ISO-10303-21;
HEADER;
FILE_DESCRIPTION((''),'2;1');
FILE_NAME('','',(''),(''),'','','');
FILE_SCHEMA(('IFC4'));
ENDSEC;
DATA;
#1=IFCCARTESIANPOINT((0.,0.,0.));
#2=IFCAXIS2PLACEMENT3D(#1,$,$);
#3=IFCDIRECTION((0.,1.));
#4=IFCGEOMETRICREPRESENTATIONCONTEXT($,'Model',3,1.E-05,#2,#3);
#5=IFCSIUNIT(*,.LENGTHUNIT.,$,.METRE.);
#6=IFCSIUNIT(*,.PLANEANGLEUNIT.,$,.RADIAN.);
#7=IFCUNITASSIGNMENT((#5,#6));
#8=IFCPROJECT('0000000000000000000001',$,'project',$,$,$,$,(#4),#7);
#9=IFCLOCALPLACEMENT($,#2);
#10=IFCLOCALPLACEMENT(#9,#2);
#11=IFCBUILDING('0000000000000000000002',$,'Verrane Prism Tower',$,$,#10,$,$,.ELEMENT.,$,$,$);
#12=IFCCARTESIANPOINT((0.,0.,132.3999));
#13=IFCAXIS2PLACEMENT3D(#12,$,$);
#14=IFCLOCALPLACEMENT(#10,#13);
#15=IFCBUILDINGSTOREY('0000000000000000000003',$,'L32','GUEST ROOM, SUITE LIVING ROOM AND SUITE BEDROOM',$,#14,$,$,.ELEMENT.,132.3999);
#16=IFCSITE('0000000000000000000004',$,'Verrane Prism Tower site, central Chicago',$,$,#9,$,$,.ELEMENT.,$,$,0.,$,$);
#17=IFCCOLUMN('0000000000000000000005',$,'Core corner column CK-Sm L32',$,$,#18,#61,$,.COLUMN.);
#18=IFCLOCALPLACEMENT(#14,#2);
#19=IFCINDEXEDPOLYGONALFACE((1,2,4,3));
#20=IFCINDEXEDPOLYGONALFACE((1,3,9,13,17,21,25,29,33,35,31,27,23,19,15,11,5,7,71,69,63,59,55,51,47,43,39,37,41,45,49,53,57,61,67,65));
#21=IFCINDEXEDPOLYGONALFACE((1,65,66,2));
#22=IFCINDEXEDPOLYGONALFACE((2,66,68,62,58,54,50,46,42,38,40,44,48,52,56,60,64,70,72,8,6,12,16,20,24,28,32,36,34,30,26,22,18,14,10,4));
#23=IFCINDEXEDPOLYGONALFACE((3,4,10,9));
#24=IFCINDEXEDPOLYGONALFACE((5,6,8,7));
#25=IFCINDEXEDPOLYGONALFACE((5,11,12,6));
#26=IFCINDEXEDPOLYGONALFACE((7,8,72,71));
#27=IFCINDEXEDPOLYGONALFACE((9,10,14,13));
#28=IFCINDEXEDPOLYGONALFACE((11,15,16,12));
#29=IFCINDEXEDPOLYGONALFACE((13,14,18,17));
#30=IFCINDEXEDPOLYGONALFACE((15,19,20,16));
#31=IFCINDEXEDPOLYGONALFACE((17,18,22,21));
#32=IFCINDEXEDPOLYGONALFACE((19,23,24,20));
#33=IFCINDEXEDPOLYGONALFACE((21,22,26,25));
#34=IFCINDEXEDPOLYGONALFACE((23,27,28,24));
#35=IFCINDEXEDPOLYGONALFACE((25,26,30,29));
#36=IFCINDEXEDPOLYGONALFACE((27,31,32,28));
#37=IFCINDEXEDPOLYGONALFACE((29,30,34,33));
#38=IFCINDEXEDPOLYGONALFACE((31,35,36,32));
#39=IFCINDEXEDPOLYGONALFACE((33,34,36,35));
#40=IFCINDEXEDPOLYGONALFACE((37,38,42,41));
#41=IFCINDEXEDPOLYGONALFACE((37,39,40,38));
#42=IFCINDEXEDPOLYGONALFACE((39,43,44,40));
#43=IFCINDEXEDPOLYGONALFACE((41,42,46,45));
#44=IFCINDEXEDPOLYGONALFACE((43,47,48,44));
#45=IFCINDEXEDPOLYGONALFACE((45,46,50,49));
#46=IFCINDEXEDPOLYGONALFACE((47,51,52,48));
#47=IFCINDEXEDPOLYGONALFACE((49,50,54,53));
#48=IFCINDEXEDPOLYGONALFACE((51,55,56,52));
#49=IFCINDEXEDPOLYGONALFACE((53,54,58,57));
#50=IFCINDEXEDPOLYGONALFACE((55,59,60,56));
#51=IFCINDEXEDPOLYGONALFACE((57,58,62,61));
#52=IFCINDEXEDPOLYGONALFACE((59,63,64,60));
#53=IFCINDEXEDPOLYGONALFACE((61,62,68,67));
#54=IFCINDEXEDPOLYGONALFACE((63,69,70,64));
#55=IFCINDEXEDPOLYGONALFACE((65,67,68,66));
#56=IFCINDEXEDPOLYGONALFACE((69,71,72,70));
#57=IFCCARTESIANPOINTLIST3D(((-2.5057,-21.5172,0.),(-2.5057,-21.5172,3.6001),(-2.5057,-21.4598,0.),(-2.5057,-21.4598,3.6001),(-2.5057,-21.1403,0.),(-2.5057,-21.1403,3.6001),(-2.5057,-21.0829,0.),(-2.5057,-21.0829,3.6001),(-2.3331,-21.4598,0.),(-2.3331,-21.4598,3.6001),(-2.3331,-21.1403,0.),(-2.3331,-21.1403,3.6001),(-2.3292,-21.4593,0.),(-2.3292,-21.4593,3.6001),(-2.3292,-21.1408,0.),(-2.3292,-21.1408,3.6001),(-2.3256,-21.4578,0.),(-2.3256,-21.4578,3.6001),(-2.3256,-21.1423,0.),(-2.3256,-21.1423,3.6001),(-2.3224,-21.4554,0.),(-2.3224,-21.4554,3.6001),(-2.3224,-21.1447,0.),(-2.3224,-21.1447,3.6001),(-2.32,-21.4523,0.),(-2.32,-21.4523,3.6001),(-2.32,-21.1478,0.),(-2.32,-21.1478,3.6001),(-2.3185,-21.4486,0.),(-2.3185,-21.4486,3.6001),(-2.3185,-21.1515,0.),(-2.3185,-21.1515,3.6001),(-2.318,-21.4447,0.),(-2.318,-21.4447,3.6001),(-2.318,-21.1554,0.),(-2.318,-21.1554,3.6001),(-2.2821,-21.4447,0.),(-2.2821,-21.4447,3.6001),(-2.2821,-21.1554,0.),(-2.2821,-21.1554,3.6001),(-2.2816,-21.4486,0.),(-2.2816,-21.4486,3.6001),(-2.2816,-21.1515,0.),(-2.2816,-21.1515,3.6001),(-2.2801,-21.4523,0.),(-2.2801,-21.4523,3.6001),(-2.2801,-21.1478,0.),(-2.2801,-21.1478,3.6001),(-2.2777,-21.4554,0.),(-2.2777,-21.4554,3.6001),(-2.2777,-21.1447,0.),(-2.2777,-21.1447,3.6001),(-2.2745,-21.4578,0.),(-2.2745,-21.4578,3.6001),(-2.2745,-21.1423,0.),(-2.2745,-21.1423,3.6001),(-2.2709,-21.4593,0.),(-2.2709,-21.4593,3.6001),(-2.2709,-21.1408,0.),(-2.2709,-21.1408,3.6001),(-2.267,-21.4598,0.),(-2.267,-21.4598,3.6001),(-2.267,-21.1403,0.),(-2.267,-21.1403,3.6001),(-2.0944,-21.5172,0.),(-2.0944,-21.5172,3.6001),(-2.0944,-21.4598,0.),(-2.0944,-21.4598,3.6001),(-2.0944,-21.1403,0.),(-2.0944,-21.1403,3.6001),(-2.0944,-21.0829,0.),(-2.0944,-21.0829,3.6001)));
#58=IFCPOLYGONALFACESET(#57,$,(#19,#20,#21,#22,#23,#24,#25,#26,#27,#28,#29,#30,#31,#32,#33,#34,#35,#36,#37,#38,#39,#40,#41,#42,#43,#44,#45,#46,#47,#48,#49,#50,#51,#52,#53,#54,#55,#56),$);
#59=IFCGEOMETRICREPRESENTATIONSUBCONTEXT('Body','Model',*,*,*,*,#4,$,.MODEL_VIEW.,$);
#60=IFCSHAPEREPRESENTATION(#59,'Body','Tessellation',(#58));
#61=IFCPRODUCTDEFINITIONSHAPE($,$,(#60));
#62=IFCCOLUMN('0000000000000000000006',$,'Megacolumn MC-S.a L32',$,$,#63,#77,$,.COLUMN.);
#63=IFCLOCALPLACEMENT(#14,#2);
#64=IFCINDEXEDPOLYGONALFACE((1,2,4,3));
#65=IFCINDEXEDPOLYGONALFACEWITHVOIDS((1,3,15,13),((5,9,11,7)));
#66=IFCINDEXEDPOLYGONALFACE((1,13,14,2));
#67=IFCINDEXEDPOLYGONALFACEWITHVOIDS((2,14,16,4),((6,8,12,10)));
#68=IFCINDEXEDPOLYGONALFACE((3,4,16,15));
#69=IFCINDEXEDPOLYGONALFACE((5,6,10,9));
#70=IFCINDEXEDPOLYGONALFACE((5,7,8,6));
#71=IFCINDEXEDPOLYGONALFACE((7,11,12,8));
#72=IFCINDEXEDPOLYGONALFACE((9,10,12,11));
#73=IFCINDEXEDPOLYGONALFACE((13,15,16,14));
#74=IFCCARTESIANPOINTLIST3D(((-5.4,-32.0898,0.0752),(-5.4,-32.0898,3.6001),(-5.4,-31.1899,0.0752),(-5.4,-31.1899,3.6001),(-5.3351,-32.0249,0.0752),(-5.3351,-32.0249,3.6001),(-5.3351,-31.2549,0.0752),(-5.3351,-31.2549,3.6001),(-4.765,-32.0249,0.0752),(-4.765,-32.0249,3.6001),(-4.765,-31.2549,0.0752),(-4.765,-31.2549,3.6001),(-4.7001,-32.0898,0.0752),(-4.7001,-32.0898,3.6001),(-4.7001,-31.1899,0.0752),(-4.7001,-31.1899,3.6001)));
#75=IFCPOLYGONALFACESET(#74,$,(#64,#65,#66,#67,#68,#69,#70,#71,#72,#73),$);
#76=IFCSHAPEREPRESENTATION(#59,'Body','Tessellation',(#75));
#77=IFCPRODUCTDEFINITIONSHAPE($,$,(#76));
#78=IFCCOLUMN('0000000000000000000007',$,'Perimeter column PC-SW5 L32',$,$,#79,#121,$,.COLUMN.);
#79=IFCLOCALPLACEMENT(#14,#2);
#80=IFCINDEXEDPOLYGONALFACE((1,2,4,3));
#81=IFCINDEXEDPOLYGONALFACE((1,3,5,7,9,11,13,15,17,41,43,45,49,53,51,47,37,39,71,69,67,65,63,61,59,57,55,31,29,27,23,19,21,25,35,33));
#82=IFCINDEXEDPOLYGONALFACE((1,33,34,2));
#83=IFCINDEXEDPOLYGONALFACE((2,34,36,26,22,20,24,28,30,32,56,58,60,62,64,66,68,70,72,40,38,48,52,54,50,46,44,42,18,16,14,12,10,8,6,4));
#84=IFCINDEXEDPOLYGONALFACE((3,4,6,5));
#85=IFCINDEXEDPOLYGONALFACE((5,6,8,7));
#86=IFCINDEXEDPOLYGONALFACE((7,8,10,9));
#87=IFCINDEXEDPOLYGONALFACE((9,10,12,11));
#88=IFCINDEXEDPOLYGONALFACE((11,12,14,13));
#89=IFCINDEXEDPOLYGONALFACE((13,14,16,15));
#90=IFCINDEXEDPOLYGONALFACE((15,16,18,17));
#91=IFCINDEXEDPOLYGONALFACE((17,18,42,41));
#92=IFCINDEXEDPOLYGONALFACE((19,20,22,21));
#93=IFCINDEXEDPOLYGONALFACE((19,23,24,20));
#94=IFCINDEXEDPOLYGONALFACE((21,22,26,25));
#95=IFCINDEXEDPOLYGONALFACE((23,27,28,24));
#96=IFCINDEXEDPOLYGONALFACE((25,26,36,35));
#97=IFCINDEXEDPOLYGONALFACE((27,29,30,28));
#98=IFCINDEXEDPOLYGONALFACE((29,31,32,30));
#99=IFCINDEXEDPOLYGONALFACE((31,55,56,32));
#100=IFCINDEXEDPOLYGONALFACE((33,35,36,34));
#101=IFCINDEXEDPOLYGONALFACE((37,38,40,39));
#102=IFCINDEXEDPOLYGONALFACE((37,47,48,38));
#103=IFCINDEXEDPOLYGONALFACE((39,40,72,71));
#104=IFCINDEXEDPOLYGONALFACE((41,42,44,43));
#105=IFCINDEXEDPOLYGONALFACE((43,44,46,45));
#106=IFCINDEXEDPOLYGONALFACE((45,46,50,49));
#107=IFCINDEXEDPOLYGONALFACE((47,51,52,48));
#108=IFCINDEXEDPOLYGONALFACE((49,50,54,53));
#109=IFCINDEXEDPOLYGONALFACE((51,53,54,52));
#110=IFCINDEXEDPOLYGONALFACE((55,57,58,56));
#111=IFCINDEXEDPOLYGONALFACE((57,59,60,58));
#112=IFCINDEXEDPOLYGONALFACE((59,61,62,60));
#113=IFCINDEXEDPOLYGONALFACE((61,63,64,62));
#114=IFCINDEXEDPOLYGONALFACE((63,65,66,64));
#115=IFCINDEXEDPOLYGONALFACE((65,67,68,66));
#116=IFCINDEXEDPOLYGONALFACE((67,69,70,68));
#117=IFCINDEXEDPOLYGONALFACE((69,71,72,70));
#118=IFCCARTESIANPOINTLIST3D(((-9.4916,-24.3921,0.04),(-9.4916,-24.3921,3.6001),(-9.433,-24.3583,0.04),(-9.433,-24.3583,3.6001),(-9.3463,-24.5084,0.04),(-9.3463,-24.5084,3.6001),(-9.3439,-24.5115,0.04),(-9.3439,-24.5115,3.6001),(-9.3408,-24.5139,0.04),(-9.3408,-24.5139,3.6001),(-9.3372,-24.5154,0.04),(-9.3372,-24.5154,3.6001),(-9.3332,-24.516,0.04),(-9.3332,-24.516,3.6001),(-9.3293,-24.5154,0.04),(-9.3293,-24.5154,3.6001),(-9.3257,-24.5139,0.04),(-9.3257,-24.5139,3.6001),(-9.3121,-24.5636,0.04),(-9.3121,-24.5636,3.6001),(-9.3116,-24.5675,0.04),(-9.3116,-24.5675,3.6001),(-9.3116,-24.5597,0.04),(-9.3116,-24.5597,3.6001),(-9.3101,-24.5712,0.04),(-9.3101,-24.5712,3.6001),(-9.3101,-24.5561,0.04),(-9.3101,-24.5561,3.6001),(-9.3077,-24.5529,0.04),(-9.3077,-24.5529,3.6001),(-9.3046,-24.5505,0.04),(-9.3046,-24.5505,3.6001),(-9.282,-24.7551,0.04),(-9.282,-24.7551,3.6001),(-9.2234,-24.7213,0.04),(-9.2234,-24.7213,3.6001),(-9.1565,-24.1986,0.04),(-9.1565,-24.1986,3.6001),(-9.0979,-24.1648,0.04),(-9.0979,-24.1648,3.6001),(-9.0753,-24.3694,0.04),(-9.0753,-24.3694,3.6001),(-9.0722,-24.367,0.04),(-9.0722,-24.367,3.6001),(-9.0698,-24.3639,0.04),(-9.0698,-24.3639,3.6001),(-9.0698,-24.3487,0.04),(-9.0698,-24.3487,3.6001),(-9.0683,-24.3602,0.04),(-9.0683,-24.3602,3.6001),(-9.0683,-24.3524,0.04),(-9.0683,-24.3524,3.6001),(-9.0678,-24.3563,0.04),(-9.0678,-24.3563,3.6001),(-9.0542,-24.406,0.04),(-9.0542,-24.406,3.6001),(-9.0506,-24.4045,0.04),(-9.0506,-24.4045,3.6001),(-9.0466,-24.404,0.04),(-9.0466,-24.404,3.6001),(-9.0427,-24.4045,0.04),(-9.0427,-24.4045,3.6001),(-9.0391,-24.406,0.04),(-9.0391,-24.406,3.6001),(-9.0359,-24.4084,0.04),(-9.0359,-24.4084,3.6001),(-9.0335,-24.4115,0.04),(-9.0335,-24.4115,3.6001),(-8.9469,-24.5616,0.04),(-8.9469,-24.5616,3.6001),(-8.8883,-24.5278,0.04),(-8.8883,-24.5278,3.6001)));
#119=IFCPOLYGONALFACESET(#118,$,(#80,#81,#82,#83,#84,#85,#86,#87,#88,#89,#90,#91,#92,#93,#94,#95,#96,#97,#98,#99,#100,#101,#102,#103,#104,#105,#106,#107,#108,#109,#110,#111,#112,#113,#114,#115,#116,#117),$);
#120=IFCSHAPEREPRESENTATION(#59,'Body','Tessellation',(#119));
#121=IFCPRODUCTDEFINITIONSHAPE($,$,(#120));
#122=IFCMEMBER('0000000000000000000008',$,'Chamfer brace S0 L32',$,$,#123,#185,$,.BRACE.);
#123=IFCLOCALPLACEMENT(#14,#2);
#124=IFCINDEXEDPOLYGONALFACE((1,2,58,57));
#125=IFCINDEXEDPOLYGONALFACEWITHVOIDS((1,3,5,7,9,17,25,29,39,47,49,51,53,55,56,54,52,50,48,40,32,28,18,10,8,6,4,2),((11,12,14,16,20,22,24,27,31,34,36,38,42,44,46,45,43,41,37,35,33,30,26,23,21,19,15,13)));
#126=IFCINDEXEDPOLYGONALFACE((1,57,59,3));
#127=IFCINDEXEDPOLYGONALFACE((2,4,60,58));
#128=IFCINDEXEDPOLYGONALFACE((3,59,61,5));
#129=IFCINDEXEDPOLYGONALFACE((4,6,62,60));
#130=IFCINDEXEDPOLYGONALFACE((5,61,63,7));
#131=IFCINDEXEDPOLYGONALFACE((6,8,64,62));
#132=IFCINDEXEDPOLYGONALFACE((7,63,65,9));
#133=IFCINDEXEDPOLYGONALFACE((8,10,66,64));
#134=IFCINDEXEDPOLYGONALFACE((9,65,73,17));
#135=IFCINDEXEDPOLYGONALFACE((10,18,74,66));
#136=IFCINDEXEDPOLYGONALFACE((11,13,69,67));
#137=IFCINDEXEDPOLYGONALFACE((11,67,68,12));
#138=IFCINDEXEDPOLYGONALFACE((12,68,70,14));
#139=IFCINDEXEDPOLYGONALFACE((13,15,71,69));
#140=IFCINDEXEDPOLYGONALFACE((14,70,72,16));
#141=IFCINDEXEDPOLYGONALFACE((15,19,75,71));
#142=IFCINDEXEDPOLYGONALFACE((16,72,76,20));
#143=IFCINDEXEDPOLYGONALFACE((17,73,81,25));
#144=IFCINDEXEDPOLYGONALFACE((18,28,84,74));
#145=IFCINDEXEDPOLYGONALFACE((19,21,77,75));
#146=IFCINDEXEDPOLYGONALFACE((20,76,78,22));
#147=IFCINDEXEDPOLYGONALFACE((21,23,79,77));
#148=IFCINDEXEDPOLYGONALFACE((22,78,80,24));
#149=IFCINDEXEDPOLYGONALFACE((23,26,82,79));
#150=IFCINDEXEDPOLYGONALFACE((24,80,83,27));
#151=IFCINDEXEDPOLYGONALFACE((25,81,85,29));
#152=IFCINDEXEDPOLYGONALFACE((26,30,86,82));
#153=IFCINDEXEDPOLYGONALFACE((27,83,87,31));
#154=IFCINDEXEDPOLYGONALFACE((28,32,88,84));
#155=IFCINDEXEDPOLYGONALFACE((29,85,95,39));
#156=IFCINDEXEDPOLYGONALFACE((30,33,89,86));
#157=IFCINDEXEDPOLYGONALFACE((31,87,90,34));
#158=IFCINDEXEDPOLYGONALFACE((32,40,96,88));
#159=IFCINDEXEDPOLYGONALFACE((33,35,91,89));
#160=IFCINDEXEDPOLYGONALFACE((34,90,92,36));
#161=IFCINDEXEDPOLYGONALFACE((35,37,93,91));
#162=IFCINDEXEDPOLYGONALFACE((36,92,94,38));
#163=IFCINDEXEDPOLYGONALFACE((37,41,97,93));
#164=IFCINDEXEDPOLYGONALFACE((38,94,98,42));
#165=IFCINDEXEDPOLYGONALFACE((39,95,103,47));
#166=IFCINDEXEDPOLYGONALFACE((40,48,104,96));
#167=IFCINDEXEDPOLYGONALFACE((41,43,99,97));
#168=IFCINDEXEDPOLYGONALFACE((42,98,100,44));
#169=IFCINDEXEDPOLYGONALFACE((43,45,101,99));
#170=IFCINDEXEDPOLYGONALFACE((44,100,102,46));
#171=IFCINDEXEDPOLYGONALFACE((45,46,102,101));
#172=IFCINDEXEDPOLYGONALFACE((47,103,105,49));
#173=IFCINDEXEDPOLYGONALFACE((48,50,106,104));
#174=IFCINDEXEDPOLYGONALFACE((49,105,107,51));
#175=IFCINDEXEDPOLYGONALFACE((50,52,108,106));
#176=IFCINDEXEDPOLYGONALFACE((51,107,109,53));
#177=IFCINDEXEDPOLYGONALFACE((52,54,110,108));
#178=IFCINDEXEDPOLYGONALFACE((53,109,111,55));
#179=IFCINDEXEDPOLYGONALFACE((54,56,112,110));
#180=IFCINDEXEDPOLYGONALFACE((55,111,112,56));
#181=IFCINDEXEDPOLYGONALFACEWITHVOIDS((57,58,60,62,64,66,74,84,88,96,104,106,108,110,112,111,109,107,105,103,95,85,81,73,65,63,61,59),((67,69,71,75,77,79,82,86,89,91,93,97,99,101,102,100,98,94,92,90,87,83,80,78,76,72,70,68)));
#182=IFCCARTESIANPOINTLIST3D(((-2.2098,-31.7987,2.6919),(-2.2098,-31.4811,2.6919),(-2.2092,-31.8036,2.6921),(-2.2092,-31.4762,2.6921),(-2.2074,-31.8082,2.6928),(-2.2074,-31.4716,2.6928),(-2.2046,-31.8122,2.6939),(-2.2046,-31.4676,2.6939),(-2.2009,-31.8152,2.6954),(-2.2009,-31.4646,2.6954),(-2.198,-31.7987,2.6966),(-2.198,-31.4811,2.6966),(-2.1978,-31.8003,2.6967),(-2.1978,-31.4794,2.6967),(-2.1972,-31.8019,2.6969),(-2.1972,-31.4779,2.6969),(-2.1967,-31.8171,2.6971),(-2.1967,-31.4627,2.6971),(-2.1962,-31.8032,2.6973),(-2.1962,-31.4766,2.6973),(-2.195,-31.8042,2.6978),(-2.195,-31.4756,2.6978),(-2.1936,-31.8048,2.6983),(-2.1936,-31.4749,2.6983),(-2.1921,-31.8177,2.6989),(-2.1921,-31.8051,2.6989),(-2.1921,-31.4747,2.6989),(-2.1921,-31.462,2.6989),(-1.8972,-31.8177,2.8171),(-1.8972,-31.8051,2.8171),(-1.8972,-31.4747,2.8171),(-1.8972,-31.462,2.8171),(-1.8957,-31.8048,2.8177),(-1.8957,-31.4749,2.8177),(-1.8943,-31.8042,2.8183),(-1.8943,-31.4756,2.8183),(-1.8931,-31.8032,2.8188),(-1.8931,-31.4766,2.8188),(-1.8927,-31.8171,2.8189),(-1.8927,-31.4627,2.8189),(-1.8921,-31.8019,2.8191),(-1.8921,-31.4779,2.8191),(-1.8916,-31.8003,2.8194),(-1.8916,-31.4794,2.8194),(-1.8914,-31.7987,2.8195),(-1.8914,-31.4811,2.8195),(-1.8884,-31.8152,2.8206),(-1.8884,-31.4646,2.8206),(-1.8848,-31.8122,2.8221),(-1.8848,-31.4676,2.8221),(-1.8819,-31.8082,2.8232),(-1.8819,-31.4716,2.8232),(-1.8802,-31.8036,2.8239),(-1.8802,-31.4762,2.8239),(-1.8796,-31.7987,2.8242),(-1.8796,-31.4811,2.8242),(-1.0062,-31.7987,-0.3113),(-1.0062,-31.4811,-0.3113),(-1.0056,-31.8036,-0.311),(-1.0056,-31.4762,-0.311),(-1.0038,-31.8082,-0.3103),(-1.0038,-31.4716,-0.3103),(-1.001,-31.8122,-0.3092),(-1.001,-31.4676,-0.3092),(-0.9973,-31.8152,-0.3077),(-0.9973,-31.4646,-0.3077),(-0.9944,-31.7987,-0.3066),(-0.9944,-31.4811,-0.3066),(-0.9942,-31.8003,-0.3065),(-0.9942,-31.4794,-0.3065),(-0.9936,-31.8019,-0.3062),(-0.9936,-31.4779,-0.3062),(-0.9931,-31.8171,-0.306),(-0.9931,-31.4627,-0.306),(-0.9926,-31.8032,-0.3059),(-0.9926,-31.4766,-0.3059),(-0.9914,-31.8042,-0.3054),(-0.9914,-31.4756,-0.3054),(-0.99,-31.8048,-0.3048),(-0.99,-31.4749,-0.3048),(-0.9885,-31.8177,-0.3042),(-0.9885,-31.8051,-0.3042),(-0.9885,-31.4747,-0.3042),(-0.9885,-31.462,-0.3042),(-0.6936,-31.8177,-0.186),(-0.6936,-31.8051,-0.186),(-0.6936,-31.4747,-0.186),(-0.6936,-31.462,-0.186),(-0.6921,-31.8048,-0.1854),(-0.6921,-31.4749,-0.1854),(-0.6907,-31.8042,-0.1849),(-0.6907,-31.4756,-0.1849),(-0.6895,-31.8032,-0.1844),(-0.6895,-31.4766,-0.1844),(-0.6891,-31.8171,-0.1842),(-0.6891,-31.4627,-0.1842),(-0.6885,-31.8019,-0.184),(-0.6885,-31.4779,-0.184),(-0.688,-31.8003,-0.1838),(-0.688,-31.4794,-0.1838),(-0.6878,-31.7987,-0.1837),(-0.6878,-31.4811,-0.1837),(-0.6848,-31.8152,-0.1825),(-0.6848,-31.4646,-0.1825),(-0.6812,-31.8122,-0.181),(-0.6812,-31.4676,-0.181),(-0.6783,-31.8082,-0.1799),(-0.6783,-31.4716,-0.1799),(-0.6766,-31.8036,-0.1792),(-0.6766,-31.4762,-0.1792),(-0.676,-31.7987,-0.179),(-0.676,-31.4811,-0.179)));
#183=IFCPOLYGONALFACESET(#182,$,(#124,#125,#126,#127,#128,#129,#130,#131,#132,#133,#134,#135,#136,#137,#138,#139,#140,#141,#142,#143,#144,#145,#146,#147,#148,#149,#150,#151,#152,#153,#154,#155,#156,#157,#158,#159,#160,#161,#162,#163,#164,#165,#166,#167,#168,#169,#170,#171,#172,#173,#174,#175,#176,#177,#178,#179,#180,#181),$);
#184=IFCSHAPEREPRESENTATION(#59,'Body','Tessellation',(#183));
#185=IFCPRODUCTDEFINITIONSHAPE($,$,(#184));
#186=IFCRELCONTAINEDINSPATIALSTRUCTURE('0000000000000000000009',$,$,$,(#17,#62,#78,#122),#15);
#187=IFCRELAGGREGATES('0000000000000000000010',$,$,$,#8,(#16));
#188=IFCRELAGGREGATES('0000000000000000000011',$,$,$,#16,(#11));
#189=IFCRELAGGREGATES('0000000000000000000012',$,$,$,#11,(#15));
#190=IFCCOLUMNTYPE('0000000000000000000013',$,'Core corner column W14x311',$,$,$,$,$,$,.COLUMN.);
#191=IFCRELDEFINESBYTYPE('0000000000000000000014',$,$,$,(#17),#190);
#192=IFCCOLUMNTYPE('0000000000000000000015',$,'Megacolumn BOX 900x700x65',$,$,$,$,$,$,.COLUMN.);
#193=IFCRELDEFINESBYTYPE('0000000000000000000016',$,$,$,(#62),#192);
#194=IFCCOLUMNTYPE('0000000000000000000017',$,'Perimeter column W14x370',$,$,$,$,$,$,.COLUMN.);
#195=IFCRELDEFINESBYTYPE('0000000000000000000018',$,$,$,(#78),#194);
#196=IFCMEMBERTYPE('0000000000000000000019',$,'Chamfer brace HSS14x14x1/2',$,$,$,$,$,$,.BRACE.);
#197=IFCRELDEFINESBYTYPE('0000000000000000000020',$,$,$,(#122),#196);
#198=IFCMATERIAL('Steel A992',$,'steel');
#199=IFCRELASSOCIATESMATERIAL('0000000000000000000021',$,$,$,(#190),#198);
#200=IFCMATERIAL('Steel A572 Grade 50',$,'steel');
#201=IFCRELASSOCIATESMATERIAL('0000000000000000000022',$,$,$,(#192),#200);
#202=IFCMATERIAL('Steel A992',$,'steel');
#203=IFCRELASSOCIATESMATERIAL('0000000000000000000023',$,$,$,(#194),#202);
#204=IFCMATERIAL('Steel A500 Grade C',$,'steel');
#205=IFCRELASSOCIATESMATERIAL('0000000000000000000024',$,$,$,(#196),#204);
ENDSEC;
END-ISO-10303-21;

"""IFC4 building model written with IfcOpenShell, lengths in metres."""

from ifc_helpers import new_model, si_unit, direction, frame, origin, origin_2d, place, context, subcontext, project, spatial, hollow_rectangle, i_section, extrude, material, material_profile, profile_set, type_object, element, save


model = new_model("IFC4")

# Units and contexts
model_context = context("Model", 3, precision=1e-05, world=origin(), true_north=direction((0.0, 1.0)))
body_context = subcontext(model_context, "Body", "Model", "MODEL_VIEW")
ifc_project = project(units=[si_unit("LENGTHUNIT", "METRE"), si_unit("PLANEANGLEUNIT", "RADIAN")], contexts=[model_context])

# Site, building, storey
site_placement = place(None, origin())
site = spatial("IfcSite", under=ifc_project, at=site_placement, Name="Verrane Prism Tower site, central Chicago", CompositionType="ELEMENT", RefElevation=0.0)
building_placement = place(site_placement, origin())
building = spatial("IfcBuilding", under=site, at=building_placement, Name="Verrane Prism Tower", CompositionType="ELEMENT")
storey_placement = place(building_placement, frame((0.0, 0.0, 132.3999)))
storey = spatial("IfcBuildingStorey", under=building, at=storey_placement, Name="L32", Description="GUEST ROOM, SUITE LIVING ROOM AND SUITE BEDROOM", CompositionType="ELEMENT", Elevation=132.3999)

# Columns
ifc_material_1 = material(Name="Steel A992", Category="steel")
ifc_material_profile_1 = material_profile(ifc_material_1, i_section(OverallWidth=0.4114, OverallDepth=0.4343, WebThickness=0.0359, FlangeThickness=0.0574, FilletRadius=0.0151, at=origin_2d()), Name="W14x311")
ifc_profile_set_1 = profile_set([ifc_material_profile_1], Name="Steel A992")
column_type_1 = type_object("IfcColumnType", Name="Core corner column W14x311", PredefinedType="COLUMN", material=ifc_profile_set_1)
column_1_placement = place(storey_placement, frame((-2.3, -21.3, 0.0), z_axis=(0.0, 0.0, 1.0), x_axis=(-1.0, 0.0, 0.0)))
element("IfcColumn", 1, at=column_1_placement, inside=storey, type_object=column_type_1, Name="Core corner column CK-Sm L32", PredefinedType="COLUMN", context=body_context, shape_type="SweptSolid", body=[
    extrude(i_section(OverallWidth=0.4114, OverallDepth=0.4343, WebThickness=0.0359, FlangeThickness=0.0574, FilletRadius=0.0151, at=origin_2d()), origin(), (0.0, 0.0, 1.0), 3.6001),
])
ifc_material_2 = material(Name="Steel A572 Grade 50", Category="steel")
ifc_material_profile_2 = material_profile(ifc_material_2, hollow_rectangle(XDim=0.7, YDim=0.8999, WallThickness=0.0649, at=origin_2d()), Name="BOX 900x700x65")
ifc_profile_set_2 = profile_set([ifc_material_profile_2], Name="Steel A572 Grade 50")
column_type_2 = type_object("IfcColumnType", Name="Megacolumn BOX 900x700x65", PredefinedType="COLUMN", material=ifc_profile_set_2)
column_2_placement = place(storey_placement, frame((-5.05, -31.6399, 0.0752), z_axis=(0.0, 0.0, 1.0), x_axis=(-1.0, 0.0, 0.0)))
element("IfcColumn", 2, at=column_2_placement, inside=storey, type_object=column_type_2, Name="Megacolumn MC-S.a L32", PredefinedType="COLUMN", context=body_context, shape_type="SweptSolid", body=[
    extrude(hollow_rectangle(XDim=0.7, YDim=0.8999, WallThickness=0.0649, at=origin_2d()), origin(), (0.0, 0.0, 1.0), 3.5249),
])
ifc_material_3 = material(Name="Steel A992", Category="steel")
ifc_material_profile_3 = material_profile(ifc_material_3, i_section(OverallWidth=0.4192, OverallDepth=0.4546, WebThickness=0.0422, FlangeThickness=0.0676, FilletRadius=0.0151, at=origin_2d()), Name="W14x370")
ifc_profile_set_3 = profile_set([ifc_material_profile_3], Name="Steel A992")
column_type_3 = type_object("IfcColumnType", Name="Perimeter column W14x370", PredefinedType="COLUMN", material=ifc_profile_set_3)
column_3_placement = place(storey_placement, frame((-9.1899, -24.46, 0.04), z_axis=(0.0, 0.0, 1.0), x_axis=(-0.5, 0.866025, 0.0)))
element("IfcColumn", 3, at=column_3_placement, inside=storey, type_object=column_type_3, Name="Perimeter column PC-SW5 L32", PredefinedType="COLUMN", context=body_context, shape_type="SweptSolid", body=[
    extrude(i_section(OverallWidth=0.4192, OverallDepth=0.4546, WebThickness=0.0422, FlangeThickness=0.0676, FilletRadius=0.0151, at=origin_2d()), origin(), (0.0, 0.0, 1.0), 3.5601),
])

# Member
ifc_material_4 = material(Name="Steel A500 Grade C", Category="steel")
ifc_material_profile_4 = material_profile(ifc_material_4, hollow_rectangle(XDim=0.3557, YDim=0.3557, WallThickness=0.0127, InnerFilletRadius=0.0063, OuterFilletRadius=0.019, at=origin_2d()), Name="HSS14x14x1/2")
ifc_profile_set_4 = profile_set([ifc_material_profile_4], Name="Steel A500 Grade C")
member_type_1 = type_object("IfcMemberType", Name="Chamfer brace HSS14x14x1/2", PredefinedType="BRACE", material=ifc_profile_set_4)
member_1_placement = place(storey_placement, frame((-0.8411, -31.6399, -0.2451), z_axis=(-0.372015, 0.0, 0.928227), x_axis=(0.0, -1.0, 0.0)))
element("IfcMember", 4, at=member_1_placement, inside=storey, type_object=member_type_1, Name="Chamfer brace S0 L32", PredefinedType="BRACE", context=body_context, shape_type="SweptSolid", body=[
    extrude(hollow_rectangle(XDim=0.3557, YDim=0.3557, WallThickness=0.0127, InnerFilletRadius=0.0063, OuterFilletRadius=0.019, at=origin_2d()), origin(), (0.0, 0.0, 1.0), 3.2354),
])

save(model, "model.ifc")
